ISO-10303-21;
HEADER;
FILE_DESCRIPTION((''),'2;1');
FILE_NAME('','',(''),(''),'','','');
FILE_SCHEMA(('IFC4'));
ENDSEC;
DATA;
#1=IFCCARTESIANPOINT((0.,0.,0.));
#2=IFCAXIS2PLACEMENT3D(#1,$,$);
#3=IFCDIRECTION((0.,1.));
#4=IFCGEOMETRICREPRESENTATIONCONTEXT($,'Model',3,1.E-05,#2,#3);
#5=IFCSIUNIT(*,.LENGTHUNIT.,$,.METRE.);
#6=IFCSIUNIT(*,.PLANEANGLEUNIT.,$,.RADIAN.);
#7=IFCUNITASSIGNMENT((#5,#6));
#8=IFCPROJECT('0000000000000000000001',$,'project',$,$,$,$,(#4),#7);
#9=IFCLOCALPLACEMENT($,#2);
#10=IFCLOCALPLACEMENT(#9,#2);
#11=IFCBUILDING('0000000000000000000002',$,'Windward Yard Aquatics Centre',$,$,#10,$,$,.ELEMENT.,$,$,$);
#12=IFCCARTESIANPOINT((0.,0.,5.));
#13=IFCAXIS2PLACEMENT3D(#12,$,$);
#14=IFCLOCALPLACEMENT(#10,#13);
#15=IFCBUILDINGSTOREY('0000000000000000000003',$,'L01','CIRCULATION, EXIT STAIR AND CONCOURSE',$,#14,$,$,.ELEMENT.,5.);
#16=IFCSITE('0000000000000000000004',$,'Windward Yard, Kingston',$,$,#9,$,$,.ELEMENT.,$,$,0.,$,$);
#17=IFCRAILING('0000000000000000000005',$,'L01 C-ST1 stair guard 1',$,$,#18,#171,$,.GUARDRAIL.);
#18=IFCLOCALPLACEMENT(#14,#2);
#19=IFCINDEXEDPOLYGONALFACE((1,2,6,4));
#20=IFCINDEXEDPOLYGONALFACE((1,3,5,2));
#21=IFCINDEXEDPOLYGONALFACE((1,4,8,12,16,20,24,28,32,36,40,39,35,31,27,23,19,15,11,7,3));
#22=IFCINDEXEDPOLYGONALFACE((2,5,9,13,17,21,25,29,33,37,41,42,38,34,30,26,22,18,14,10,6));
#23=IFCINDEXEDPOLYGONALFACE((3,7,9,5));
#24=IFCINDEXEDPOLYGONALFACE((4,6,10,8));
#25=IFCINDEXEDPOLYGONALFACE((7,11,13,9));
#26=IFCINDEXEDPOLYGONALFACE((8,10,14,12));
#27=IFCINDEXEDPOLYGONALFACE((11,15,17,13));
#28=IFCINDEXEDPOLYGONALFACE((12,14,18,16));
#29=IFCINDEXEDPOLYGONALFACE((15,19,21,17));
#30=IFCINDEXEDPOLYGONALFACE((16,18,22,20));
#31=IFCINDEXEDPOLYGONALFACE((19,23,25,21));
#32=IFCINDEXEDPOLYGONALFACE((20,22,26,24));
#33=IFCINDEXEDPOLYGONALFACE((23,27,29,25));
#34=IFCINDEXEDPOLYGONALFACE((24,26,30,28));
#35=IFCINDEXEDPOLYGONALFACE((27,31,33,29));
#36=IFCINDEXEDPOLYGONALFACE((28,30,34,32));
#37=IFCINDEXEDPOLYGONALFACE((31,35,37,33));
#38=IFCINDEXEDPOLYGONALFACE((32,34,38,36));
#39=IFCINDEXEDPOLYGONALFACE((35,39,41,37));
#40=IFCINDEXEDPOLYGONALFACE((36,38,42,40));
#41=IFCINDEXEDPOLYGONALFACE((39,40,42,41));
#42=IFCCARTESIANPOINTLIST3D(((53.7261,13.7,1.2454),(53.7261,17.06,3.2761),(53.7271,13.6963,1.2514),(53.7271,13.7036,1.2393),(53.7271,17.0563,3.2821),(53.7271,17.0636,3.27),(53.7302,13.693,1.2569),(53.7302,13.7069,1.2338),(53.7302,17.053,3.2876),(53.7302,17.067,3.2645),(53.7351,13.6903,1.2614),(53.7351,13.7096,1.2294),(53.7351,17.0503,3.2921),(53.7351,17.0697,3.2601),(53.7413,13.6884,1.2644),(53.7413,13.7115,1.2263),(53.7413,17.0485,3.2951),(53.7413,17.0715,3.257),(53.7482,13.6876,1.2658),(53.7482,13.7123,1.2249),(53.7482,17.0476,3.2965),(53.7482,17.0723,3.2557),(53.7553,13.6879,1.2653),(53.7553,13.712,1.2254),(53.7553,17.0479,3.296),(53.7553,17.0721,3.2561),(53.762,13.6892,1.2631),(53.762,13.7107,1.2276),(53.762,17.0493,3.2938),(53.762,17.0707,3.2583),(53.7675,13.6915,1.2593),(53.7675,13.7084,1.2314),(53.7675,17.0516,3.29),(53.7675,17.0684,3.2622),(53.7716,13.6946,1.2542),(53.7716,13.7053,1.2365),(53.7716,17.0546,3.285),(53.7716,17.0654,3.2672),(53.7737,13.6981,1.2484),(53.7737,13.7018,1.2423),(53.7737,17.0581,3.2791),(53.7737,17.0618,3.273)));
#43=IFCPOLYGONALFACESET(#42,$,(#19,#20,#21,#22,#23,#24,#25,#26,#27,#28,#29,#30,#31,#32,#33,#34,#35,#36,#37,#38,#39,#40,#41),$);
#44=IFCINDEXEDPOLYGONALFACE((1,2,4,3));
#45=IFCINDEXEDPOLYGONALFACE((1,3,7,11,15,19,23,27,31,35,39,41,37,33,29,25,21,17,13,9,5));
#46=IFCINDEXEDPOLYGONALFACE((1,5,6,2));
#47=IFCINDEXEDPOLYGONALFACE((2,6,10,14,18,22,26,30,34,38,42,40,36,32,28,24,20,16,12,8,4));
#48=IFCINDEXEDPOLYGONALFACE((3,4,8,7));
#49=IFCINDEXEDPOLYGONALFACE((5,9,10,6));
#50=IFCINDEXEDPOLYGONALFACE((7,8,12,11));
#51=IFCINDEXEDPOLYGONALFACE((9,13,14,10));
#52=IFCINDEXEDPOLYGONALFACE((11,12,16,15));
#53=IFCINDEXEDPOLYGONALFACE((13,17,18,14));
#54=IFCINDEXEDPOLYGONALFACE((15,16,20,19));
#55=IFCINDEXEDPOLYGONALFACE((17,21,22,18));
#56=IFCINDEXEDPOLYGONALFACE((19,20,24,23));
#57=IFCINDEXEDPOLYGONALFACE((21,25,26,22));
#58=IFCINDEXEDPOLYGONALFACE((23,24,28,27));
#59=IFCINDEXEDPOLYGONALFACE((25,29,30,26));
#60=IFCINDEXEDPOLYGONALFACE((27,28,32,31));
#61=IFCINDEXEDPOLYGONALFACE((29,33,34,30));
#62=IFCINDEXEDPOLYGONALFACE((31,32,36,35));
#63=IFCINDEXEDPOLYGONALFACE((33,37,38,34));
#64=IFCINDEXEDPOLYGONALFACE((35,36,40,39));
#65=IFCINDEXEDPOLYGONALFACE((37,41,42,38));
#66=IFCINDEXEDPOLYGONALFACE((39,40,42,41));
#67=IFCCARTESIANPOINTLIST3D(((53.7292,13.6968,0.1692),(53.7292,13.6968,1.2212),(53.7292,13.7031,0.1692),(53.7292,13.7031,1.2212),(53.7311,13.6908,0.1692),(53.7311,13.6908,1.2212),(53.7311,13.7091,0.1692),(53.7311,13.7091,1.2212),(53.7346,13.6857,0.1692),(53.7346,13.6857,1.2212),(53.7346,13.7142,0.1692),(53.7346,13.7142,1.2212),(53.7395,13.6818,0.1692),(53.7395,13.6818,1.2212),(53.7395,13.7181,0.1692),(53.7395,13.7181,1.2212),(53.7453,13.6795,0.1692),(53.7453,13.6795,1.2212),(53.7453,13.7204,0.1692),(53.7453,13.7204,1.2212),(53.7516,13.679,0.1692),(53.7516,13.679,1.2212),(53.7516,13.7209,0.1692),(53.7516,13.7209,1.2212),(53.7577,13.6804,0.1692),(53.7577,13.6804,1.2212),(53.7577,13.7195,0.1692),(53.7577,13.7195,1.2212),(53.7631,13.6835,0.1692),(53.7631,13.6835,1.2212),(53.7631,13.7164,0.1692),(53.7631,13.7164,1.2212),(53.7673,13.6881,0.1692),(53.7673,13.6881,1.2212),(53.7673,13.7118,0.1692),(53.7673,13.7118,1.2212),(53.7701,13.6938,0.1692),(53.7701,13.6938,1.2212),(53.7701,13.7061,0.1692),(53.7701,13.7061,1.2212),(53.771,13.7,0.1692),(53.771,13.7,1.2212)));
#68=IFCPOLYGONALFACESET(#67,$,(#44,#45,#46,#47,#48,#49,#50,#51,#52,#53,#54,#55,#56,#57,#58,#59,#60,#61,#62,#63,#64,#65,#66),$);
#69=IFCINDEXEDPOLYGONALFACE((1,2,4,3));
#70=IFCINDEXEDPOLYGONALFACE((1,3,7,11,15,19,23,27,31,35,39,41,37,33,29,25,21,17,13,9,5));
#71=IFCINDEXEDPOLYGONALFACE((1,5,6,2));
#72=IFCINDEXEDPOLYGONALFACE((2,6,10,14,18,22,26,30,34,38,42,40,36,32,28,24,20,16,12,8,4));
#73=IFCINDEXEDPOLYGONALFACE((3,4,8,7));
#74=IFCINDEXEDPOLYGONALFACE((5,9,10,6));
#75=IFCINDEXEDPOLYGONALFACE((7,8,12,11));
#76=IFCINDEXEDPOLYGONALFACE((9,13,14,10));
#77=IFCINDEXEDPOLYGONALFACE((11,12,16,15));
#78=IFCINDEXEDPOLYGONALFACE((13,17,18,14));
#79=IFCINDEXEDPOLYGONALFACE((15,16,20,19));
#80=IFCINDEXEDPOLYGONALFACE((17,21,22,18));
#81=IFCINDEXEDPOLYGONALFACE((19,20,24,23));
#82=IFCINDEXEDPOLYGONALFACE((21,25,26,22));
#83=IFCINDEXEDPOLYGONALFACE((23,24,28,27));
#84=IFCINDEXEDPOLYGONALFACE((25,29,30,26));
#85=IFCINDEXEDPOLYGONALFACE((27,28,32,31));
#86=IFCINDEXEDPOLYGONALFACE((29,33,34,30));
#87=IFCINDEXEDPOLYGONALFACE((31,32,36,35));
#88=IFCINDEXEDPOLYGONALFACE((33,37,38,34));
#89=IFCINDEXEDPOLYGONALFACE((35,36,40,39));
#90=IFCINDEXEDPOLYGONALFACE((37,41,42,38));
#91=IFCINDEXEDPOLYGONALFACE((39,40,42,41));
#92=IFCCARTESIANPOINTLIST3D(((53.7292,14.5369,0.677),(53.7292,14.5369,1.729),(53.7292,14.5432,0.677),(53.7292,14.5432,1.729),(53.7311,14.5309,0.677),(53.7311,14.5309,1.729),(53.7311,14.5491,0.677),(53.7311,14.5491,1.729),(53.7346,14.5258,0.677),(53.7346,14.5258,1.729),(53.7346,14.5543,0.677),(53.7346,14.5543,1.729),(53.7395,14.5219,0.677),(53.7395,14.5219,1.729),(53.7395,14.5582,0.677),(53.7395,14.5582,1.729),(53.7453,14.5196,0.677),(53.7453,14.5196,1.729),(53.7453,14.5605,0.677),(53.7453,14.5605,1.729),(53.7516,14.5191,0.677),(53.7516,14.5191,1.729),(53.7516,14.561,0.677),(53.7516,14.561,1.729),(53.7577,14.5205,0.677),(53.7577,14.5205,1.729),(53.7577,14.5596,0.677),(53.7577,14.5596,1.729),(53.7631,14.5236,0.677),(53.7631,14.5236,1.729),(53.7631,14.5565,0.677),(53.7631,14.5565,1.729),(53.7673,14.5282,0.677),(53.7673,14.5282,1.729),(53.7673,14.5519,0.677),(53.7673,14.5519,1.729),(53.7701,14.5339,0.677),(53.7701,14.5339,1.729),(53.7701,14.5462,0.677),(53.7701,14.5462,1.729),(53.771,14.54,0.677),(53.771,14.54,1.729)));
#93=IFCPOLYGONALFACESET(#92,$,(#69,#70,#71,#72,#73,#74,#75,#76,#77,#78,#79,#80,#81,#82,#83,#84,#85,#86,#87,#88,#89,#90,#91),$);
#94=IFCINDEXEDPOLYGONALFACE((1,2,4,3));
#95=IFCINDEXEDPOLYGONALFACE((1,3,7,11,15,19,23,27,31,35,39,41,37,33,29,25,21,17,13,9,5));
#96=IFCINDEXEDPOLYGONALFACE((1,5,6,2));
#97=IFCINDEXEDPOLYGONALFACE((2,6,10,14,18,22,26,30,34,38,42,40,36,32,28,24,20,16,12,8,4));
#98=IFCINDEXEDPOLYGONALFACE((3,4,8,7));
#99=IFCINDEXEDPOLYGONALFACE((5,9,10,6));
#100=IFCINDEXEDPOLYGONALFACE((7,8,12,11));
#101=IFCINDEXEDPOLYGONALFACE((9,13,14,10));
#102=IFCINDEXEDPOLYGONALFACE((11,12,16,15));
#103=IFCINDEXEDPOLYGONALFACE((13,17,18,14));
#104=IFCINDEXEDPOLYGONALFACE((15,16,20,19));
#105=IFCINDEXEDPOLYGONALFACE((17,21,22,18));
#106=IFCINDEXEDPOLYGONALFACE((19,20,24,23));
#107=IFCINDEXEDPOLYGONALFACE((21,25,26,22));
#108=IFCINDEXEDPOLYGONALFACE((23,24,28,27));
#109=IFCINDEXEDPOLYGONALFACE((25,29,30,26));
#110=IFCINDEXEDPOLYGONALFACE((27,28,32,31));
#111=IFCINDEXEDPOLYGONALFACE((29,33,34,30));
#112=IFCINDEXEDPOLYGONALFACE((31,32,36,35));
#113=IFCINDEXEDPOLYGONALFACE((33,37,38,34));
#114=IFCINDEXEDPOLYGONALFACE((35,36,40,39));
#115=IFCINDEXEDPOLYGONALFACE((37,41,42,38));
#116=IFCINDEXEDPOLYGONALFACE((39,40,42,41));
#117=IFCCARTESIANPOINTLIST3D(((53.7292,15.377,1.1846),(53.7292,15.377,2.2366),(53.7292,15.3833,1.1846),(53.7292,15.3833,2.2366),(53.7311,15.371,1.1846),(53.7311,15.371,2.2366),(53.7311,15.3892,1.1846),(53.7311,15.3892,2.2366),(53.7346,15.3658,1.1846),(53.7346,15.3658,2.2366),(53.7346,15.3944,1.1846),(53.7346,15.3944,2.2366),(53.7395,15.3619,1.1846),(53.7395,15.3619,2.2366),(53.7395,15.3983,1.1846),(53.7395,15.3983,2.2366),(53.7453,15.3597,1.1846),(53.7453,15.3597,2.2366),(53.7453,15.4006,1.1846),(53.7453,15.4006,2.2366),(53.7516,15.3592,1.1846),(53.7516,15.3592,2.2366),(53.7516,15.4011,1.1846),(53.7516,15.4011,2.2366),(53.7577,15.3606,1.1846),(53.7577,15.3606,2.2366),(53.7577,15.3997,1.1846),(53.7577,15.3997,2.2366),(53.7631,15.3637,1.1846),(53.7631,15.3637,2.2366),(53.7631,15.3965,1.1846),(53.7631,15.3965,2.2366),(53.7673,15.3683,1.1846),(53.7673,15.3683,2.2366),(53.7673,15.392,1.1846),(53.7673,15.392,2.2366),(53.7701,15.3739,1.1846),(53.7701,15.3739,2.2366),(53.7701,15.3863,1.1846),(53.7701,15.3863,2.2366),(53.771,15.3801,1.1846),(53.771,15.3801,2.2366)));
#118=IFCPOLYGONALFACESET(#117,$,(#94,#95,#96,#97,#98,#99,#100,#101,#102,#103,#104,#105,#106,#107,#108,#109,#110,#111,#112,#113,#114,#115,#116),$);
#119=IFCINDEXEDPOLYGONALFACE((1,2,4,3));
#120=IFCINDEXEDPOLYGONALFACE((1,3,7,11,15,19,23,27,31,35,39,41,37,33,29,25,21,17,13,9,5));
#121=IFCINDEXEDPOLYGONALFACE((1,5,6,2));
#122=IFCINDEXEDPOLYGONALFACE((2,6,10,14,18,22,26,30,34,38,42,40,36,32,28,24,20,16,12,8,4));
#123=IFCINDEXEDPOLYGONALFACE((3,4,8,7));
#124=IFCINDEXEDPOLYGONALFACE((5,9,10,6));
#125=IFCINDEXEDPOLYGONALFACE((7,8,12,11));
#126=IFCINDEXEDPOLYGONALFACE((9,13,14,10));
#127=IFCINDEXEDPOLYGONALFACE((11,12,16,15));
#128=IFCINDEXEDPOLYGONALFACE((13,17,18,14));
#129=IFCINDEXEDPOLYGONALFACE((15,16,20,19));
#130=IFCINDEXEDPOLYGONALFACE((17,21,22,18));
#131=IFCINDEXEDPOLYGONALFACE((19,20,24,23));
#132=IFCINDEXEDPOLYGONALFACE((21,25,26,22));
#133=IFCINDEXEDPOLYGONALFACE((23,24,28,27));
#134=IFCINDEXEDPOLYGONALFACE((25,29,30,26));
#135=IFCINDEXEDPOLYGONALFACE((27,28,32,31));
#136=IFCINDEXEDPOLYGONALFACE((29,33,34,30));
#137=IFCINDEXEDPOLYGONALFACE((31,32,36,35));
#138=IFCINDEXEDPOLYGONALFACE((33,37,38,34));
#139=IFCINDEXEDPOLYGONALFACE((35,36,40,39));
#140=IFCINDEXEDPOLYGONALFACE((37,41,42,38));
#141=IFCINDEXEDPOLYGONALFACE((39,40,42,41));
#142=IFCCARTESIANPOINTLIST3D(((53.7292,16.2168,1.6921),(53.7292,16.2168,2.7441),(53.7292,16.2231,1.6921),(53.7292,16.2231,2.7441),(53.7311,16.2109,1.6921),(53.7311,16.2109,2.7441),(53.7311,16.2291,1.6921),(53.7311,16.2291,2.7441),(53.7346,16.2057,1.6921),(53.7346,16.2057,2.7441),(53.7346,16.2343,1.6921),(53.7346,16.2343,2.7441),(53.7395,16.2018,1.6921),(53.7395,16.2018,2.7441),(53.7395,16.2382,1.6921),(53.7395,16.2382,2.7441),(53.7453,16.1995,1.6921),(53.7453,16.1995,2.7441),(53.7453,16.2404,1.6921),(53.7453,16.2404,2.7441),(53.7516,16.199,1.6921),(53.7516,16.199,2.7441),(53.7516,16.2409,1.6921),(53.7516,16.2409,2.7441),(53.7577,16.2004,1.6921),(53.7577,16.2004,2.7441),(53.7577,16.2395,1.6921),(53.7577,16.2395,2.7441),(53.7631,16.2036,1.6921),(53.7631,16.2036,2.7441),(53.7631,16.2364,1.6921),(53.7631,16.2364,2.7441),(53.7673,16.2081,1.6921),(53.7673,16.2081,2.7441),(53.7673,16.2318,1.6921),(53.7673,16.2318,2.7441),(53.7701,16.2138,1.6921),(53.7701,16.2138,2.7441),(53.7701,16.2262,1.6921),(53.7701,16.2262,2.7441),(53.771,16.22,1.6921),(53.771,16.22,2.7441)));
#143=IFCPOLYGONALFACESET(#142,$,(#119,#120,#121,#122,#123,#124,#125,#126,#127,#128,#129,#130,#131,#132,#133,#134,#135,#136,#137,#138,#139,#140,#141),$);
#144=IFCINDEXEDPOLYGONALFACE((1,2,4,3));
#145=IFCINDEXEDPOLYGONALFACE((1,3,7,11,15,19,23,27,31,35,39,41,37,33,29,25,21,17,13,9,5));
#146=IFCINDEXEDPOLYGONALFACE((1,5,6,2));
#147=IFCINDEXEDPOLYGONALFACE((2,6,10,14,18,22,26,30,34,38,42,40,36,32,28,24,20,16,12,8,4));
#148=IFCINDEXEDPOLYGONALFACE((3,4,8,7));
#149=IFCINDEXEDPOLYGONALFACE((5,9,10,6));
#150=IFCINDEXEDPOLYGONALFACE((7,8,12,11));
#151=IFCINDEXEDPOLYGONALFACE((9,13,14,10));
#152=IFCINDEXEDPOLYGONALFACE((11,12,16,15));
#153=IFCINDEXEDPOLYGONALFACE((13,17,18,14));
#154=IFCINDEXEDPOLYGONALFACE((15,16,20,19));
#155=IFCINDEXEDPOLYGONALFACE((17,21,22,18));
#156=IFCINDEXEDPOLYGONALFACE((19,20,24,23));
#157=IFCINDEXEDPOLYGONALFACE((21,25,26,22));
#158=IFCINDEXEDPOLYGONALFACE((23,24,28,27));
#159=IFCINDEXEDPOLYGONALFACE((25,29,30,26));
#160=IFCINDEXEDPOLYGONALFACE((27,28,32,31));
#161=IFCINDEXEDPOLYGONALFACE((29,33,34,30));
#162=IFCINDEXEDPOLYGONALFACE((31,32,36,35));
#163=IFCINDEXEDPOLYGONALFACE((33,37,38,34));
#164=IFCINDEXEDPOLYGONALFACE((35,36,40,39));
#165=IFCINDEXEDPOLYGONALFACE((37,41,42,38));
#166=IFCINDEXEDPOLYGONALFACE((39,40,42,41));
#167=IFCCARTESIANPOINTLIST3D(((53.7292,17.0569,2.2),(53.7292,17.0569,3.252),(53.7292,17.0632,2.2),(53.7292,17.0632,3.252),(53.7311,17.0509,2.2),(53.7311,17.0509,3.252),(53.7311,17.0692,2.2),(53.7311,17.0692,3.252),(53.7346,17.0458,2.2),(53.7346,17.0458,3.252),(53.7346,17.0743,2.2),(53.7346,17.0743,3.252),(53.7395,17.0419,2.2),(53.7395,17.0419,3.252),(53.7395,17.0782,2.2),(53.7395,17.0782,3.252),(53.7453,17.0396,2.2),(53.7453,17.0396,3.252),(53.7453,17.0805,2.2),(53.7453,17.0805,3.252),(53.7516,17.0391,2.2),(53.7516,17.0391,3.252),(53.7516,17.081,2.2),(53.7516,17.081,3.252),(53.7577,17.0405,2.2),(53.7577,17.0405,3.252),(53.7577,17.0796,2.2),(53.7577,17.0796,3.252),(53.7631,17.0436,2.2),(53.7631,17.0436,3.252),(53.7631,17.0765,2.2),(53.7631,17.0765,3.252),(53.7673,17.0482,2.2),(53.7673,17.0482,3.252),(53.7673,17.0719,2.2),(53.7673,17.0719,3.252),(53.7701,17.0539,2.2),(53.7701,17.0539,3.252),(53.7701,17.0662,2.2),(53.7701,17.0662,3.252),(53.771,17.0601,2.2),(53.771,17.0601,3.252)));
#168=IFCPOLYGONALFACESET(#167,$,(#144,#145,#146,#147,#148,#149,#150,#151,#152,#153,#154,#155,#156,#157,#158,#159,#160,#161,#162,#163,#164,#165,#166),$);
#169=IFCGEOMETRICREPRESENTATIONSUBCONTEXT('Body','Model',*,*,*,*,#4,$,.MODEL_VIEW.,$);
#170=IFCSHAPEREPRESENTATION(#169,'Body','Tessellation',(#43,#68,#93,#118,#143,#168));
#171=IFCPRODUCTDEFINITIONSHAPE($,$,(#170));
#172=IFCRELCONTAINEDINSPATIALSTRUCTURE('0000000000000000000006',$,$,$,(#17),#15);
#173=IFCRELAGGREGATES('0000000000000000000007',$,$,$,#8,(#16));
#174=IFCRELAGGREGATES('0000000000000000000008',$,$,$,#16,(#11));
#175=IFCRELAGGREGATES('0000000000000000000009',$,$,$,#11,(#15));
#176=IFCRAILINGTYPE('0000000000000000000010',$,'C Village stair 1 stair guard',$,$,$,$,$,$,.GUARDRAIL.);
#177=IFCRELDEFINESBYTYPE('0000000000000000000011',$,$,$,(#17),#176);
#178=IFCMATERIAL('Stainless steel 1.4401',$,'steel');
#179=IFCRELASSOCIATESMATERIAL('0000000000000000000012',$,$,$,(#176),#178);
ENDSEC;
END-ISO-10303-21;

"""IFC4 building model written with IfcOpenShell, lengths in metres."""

from ifc_helpers import new_model, si_unit, direction, frame, origin, origin_2d, place, context, subcontext, project, spatial, circle, extrude, material, type_object, element, save


model = new_model("IFC4")

# Units and contexts
model_context = context("Model", 3, precision=1e-05, world=origin(), true_north=direction((0.0, 1.0)))
body_context = subcontext(model_context, "Body", "Model", "MODEL_VIEW")
ifc_project = project(units=[si_unit("LENGTHUNIT", "METRE"), si_unit("PLANEANGLEUNIT", "RADIAN")], contexts=[model_context])

# Site, building, storey
site_placement = place(None, origin())
site = spatial("IfcSite", under=ifc_project, at=site_placement, Name="Windward Yard, Kingston", CompositionType="ELEMENT", RefElevation=0.0)
building_placement = place(site_placement, origin())
building = spatial("IfcBuilding", under=site, at=building_placement, Name="Windward Yard Aquatics Centre", CompositionType="ELEMENT")
storey_placement = place(building_placement, frame((0.0, 0.0, 5.0)))
storey = spatial("IfcBuildingStorey", under=building, at=storey_placement, Name="L01", Description="CIRCULATION, EXIT STAIR AND CONCOURSE", CompositionType="ELEMENT", Elevation=5.0)

# Railing
ifc_material_1 = material(Name="Stainless steel 1.4401", Category="steel")
railing_type_1 = type_object("IfcRailingType", Name="C Village stair 1 stair guard", PredefinedType="GUARDRAIL", material=ifc_material_1)
railing_1_placement = place(storey_placement, frame((53.75, 13.7, 0.1692)))
element("IfcRailing", 1, at=railing_1_placement, inside=storey, type_object=railing_type_1, Name="L01 C-ST1 stair guard 1", PredefinedType="GUARDRAIL", context=body_context, shape_type="SweptSolid", body=[
    extrude(circle(Radius=0.0239, at=origin_2d()), frame((0.0, 0.0, 1.0762), z_axis=(0.0, 0.855837, 0.517246), x_axis=(-1.0, 0.0, 0.0)), (0.0, 0.0, 1.0), 3.926),
    extrude(circle(Radius=0.021, at=origin_2d()), origin(), (0.0, 0.0, 1.0), 1.052),
    extrude(circle(Radius=0.021, at=origin_2d()), frame((0.0, 0.8401, 0.5078)), (0.0, 0.0, 1.0), 1.052),
    extrude(circle(Radius=0.021, at=origin_2d()), frame((0.0, 1.6802, 1.0154)), (0.0, 0.0, 1.0), 1.052),
    extrude(circle(Radius=0.021, at=origin_2d()), frame((0.0, 2.52, 1.5229)), (0.0, 0.0, 1.0), 1.052),
    extrude(circle(Radius=0.021, at=origin_2d()), frame((0.0, 3.3601, 2.0308)), (0.0, 0.0, 1.0), 1.052),
])

save(model, "model.ifc")
